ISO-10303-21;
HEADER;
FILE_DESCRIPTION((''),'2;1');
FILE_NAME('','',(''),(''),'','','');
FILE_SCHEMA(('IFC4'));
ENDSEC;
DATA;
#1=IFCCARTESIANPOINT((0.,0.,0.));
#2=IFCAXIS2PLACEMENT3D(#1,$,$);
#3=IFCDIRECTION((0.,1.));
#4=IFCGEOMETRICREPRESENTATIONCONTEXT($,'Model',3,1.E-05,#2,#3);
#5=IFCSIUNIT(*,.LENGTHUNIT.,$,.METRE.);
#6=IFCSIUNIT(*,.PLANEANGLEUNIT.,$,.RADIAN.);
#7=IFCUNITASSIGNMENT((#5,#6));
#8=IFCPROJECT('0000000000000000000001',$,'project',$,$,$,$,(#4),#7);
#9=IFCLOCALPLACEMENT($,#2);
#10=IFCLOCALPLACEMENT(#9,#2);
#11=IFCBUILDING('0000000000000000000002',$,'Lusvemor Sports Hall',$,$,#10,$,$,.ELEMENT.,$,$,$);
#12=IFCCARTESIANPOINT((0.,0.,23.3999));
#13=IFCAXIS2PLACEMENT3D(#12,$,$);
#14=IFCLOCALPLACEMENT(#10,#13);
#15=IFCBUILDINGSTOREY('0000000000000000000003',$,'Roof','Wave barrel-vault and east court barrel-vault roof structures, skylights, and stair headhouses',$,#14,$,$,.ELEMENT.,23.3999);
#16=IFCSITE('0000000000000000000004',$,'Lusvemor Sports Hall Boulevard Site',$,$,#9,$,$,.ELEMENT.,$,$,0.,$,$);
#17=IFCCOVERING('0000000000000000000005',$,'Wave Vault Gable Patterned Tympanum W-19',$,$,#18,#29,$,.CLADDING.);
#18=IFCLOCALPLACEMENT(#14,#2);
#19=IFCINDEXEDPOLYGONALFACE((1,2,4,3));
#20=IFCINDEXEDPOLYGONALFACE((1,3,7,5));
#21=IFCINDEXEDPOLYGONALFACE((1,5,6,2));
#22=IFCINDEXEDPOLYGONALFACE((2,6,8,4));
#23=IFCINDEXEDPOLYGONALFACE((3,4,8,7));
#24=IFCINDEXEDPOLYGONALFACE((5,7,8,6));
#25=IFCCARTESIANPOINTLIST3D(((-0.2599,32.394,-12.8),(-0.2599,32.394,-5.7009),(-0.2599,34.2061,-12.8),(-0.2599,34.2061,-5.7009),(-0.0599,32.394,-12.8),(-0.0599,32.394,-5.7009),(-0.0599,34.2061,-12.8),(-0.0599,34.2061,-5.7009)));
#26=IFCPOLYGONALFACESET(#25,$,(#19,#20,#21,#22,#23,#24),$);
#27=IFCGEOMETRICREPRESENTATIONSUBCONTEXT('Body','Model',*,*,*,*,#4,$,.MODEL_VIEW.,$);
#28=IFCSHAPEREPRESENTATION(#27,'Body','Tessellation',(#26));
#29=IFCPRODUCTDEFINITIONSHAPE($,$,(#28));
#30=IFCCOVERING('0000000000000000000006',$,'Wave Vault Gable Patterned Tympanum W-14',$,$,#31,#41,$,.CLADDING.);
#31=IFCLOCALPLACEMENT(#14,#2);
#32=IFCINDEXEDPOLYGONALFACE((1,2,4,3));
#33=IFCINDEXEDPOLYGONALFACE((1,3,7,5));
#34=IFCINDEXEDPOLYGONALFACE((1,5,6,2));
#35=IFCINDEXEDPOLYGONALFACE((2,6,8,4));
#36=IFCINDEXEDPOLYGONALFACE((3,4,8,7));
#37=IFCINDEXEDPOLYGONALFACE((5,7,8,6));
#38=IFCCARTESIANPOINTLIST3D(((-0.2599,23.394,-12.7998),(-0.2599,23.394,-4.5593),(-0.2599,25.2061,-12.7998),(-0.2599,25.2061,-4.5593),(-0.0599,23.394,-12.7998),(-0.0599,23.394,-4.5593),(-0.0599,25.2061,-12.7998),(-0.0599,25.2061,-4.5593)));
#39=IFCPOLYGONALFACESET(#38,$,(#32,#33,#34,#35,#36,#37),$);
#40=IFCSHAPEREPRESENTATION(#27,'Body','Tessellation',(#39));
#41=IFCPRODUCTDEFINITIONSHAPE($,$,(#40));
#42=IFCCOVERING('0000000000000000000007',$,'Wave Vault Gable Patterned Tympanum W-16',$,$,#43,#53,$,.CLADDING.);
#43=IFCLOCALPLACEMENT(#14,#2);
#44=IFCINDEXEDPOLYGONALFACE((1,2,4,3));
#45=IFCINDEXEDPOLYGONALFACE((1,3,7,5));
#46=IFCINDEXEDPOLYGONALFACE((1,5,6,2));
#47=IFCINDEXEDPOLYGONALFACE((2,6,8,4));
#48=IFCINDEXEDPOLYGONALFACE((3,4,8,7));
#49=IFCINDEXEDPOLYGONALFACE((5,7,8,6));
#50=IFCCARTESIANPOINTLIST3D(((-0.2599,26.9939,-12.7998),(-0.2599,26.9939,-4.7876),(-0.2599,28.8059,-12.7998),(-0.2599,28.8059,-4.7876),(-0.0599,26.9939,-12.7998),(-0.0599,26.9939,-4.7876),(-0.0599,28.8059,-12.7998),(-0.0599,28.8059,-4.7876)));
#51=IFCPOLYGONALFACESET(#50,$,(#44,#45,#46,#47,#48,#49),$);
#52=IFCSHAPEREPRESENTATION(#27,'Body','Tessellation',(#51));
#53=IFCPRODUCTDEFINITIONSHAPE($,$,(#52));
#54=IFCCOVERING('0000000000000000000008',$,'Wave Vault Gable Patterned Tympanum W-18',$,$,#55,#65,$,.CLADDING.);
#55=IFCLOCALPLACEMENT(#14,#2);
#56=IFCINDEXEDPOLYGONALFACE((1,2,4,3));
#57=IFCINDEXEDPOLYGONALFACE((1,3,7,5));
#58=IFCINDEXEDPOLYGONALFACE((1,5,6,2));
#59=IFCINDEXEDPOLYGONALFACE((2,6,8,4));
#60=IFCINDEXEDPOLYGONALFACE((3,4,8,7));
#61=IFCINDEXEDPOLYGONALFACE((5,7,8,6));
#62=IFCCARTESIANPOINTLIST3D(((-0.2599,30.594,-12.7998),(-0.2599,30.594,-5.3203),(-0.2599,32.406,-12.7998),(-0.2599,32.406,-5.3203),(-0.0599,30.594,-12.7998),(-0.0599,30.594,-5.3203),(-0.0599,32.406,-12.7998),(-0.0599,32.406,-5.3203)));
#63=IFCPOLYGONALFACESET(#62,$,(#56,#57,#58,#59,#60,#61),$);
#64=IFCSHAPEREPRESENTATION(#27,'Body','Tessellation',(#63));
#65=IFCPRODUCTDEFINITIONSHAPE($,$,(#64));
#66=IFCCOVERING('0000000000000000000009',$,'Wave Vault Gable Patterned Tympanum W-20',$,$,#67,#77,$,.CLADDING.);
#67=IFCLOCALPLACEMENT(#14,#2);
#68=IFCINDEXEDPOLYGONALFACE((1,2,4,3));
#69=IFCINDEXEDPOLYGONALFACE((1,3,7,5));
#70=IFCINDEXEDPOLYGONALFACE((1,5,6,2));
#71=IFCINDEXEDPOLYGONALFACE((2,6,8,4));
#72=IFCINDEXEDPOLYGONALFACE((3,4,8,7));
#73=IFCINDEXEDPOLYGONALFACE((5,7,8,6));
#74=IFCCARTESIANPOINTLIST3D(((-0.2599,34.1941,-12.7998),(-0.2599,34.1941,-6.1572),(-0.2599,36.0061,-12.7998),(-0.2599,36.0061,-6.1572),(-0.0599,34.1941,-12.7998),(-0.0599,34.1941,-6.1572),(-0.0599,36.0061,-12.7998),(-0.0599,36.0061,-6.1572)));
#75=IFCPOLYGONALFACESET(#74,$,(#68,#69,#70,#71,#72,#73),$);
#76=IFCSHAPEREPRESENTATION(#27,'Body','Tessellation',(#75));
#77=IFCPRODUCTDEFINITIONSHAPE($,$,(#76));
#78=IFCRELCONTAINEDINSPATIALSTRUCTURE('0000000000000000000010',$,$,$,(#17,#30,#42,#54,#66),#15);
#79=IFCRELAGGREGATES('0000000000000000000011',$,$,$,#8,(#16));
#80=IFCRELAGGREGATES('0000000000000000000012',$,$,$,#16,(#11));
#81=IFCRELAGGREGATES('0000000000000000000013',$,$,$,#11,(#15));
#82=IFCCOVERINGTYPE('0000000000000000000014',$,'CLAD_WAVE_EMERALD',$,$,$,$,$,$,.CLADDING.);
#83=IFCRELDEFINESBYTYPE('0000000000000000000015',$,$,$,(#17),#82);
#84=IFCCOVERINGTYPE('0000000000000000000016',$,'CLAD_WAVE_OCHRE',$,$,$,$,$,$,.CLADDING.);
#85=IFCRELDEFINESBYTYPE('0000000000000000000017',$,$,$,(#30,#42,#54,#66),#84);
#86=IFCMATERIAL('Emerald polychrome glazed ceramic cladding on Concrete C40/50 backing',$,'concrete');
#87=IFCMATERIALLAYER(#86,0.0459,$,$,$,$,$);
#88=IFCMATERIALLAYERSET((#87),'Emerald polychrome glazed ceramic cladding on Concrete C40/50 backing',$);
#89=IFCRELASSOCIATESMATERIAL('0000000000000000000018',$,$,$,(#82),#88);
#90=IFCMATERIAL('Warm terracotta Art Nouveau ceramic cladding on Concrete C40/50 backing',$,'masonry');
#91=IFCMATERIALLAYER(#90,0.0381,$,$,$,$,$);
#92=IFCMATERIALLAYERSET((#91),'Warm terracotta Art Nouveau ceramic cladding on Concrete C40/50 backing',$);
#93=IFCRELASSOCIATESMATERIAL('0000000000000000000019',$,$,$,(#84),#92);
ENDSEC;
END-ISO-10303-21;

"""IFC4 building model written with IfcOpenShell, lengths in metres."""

from ifc_helpers import new_model, si_unit, direction, frame, origin, origin_2d, place, context, subcontext, project, spatial, rectangle, extrude, material, layer, layer_set, type_object, element, save


model = new_model("IFC4")

# Units and contexts
model_context = context("Model", 3, precision=1e-05, world=origin(), true_north=direction((0.0, 1.0)))
body_context = subcontext(model_context, "Body", "Model", "MODEL_VIEW")
ifc_project = project(units=[si_unit("LENGTHUNIT", "METRE"), si_unit("PLANEANGLEUNIT", "RADIAN")], contexts=[model_context])

# Site, building, storey
site_placement = place(None, origin())
site = spatial("IfcSite", under=ifc_project, at=site_placement, Name="Lusvemor Sports Hall Boulevard Site", CompositionType="ELEMENT", RefElevation=0.0)
building_placement = place(site_placement, origin())
building = spatial("IfcBuilding", under=site, at=building_placement, Name="Lusvemor Sports Hall", CompositionType="ELEMENT")
storey_placement = place(building_placement, frame((0.0, 0.0, 23.3999)))
storey = spatial("IfcBuildingStorey", under=building, at=storey_placement, Name="Roof", Description="Wave barrel-vault and east court barrel-vault roof structures, skylights, and stair headhouses", CompositionType="ELEMENT", Elevation=23.3999)

# Coverings
ifc_material_1 = material(Name="Emerald polychrome glazed ceramic cladding on Concrete C40/50 backing", Category="concrete")
ifc_layer_1 = layer(ifc_material_1, 0.0459)
ifc_layer_set_1 = layer_set([ifc_layer_1], Name="Emerald polychrome glazed ceramic cladding on Concrete C40/50 backing")
covering_type_1 = type_object("IfcCoveringType", Name="CLAD_WAVE_EMERALD", PredefinedType="CLADDING", material=ifc_layer_set_1)
covering_1_placement = place(storey_placement, frame((-0.1599, 33.3, -12.8), z_axis=(0.0, 0.0, 1.0), x_axis=(1.0, 0.0, 0.0)))
element("IfcCovering", 1, at=covering_1_placement, inside=storey, type_object=covering_type_1, Name="Wave Vault Gable Patterned Tympanum W-19", PredefinedType="CLADDING", context=body_context, shape_type="SweptSolid", body=[
    extrude(rectangle(XDim=0.2, YDim=1.812, at=origin_2d()), origin(), (0.0, 0.0, 1.0), 7.0991),
])
ifc_material_2 = material(Name="Warm terracotta Art Nouveau ceramic cladding on Concrete C40/50 backing", Category="masonry")
ifc_layer_2 = layer(ifc_material_2, 0.0381)
ifc_layer_set_2 = layer_set([ifc_layer_2], Name="Warm terracotta Art Nouveau ceramic cladding on Concrete C40/50 backing")
covering_type_2 = type_object("IfcCoveringType", Name="CLAD_WAVE_OCHRE", PredefinedType="CLADDING", material=ifc_layer_set_2)
covering_2_placement = place(storey_placement, frame((-0.1599, 24.3, -12.7998), z_axis=(0.0, 0.0, 1.0), x_axis=(1.0, 0.0, 0.0)))
element("IfcCovering", 2, at=covering_2_placement, inside=storey, type_object=covering_type_2, Name="Wave Vault Gable Patterned Tympanum W-14", PredefinedType="CLADDING", context=body_context, shape_type="SweptSolid", body=[
    extrude(rectangle(XDim=0.2, YDim=1.812, at=origin_2d()), origin(), (0.0, 0.0, 1.0), 8.2405),
])
covering_3_placement = place(storey_placement, frame((-0.1599, 27.8999, -12.7998), z_axis=(0.0, 0.0, 1.0), x_axis=(1.0, 0.0, 0.0)))
element("IfcCovering", 3, at=covering_3_placement, inside=storey, type_object=covering_type_2, Name="Wave Vault Gable Patterned Tympanum W-16", PredefinedType="CLADDING", context=body_context, shape_type="SweptSolid", body=[
    extrude(rectangle(XDim=0.2, YDim=1.812, at=origin_2d()), origin(), (0.0, 0.0, 1.0), 8.0122),
])
covering_4_placement = place(storey_placement, frame((-0.1599, 31.5, -12.7998), z_axis=(0.0, 0.0, 1.0), x_axis=(1.0, 0.0, 0.0)))
element("IfcCovering", 4, at=covering_4_placement, inside=storey, type_object=covering_type_2, Name="Wave Vault Gable Patterned Tympanum W-18", PredefinedType="CLADDING", context=body_context, shape_type="SweptSolid", body=[
    extrude(rectangle(XDim=0.2, YDim=1.812, at=origin_2d()), origin(), (0.0, 0.0, 1.0), 7.4795),
])
covering_5_placement = place(storey_placement, frame((-0.1599, 35.1001, -12.7998), z_axis=(0.0, 0.0, 1.0), x_axis=(1.0, 0.0, 0.0)))
element("IfcCovering", 5, at=covering_5_placement, inside=storey, type_object=covering_type_2, Name="Wave Vault Gable Patterned Tympanum W-20", PredefinedType="CLADDING", context=body_context, shape_type="SweptSolid", body=[
    extrude(rectangle(XDim=0.2, YDim=1.812, at=origin_2d()), origin(), (0.0, 0.0, 1.0), 6.6426),
])

save(model, "model.ifc")
